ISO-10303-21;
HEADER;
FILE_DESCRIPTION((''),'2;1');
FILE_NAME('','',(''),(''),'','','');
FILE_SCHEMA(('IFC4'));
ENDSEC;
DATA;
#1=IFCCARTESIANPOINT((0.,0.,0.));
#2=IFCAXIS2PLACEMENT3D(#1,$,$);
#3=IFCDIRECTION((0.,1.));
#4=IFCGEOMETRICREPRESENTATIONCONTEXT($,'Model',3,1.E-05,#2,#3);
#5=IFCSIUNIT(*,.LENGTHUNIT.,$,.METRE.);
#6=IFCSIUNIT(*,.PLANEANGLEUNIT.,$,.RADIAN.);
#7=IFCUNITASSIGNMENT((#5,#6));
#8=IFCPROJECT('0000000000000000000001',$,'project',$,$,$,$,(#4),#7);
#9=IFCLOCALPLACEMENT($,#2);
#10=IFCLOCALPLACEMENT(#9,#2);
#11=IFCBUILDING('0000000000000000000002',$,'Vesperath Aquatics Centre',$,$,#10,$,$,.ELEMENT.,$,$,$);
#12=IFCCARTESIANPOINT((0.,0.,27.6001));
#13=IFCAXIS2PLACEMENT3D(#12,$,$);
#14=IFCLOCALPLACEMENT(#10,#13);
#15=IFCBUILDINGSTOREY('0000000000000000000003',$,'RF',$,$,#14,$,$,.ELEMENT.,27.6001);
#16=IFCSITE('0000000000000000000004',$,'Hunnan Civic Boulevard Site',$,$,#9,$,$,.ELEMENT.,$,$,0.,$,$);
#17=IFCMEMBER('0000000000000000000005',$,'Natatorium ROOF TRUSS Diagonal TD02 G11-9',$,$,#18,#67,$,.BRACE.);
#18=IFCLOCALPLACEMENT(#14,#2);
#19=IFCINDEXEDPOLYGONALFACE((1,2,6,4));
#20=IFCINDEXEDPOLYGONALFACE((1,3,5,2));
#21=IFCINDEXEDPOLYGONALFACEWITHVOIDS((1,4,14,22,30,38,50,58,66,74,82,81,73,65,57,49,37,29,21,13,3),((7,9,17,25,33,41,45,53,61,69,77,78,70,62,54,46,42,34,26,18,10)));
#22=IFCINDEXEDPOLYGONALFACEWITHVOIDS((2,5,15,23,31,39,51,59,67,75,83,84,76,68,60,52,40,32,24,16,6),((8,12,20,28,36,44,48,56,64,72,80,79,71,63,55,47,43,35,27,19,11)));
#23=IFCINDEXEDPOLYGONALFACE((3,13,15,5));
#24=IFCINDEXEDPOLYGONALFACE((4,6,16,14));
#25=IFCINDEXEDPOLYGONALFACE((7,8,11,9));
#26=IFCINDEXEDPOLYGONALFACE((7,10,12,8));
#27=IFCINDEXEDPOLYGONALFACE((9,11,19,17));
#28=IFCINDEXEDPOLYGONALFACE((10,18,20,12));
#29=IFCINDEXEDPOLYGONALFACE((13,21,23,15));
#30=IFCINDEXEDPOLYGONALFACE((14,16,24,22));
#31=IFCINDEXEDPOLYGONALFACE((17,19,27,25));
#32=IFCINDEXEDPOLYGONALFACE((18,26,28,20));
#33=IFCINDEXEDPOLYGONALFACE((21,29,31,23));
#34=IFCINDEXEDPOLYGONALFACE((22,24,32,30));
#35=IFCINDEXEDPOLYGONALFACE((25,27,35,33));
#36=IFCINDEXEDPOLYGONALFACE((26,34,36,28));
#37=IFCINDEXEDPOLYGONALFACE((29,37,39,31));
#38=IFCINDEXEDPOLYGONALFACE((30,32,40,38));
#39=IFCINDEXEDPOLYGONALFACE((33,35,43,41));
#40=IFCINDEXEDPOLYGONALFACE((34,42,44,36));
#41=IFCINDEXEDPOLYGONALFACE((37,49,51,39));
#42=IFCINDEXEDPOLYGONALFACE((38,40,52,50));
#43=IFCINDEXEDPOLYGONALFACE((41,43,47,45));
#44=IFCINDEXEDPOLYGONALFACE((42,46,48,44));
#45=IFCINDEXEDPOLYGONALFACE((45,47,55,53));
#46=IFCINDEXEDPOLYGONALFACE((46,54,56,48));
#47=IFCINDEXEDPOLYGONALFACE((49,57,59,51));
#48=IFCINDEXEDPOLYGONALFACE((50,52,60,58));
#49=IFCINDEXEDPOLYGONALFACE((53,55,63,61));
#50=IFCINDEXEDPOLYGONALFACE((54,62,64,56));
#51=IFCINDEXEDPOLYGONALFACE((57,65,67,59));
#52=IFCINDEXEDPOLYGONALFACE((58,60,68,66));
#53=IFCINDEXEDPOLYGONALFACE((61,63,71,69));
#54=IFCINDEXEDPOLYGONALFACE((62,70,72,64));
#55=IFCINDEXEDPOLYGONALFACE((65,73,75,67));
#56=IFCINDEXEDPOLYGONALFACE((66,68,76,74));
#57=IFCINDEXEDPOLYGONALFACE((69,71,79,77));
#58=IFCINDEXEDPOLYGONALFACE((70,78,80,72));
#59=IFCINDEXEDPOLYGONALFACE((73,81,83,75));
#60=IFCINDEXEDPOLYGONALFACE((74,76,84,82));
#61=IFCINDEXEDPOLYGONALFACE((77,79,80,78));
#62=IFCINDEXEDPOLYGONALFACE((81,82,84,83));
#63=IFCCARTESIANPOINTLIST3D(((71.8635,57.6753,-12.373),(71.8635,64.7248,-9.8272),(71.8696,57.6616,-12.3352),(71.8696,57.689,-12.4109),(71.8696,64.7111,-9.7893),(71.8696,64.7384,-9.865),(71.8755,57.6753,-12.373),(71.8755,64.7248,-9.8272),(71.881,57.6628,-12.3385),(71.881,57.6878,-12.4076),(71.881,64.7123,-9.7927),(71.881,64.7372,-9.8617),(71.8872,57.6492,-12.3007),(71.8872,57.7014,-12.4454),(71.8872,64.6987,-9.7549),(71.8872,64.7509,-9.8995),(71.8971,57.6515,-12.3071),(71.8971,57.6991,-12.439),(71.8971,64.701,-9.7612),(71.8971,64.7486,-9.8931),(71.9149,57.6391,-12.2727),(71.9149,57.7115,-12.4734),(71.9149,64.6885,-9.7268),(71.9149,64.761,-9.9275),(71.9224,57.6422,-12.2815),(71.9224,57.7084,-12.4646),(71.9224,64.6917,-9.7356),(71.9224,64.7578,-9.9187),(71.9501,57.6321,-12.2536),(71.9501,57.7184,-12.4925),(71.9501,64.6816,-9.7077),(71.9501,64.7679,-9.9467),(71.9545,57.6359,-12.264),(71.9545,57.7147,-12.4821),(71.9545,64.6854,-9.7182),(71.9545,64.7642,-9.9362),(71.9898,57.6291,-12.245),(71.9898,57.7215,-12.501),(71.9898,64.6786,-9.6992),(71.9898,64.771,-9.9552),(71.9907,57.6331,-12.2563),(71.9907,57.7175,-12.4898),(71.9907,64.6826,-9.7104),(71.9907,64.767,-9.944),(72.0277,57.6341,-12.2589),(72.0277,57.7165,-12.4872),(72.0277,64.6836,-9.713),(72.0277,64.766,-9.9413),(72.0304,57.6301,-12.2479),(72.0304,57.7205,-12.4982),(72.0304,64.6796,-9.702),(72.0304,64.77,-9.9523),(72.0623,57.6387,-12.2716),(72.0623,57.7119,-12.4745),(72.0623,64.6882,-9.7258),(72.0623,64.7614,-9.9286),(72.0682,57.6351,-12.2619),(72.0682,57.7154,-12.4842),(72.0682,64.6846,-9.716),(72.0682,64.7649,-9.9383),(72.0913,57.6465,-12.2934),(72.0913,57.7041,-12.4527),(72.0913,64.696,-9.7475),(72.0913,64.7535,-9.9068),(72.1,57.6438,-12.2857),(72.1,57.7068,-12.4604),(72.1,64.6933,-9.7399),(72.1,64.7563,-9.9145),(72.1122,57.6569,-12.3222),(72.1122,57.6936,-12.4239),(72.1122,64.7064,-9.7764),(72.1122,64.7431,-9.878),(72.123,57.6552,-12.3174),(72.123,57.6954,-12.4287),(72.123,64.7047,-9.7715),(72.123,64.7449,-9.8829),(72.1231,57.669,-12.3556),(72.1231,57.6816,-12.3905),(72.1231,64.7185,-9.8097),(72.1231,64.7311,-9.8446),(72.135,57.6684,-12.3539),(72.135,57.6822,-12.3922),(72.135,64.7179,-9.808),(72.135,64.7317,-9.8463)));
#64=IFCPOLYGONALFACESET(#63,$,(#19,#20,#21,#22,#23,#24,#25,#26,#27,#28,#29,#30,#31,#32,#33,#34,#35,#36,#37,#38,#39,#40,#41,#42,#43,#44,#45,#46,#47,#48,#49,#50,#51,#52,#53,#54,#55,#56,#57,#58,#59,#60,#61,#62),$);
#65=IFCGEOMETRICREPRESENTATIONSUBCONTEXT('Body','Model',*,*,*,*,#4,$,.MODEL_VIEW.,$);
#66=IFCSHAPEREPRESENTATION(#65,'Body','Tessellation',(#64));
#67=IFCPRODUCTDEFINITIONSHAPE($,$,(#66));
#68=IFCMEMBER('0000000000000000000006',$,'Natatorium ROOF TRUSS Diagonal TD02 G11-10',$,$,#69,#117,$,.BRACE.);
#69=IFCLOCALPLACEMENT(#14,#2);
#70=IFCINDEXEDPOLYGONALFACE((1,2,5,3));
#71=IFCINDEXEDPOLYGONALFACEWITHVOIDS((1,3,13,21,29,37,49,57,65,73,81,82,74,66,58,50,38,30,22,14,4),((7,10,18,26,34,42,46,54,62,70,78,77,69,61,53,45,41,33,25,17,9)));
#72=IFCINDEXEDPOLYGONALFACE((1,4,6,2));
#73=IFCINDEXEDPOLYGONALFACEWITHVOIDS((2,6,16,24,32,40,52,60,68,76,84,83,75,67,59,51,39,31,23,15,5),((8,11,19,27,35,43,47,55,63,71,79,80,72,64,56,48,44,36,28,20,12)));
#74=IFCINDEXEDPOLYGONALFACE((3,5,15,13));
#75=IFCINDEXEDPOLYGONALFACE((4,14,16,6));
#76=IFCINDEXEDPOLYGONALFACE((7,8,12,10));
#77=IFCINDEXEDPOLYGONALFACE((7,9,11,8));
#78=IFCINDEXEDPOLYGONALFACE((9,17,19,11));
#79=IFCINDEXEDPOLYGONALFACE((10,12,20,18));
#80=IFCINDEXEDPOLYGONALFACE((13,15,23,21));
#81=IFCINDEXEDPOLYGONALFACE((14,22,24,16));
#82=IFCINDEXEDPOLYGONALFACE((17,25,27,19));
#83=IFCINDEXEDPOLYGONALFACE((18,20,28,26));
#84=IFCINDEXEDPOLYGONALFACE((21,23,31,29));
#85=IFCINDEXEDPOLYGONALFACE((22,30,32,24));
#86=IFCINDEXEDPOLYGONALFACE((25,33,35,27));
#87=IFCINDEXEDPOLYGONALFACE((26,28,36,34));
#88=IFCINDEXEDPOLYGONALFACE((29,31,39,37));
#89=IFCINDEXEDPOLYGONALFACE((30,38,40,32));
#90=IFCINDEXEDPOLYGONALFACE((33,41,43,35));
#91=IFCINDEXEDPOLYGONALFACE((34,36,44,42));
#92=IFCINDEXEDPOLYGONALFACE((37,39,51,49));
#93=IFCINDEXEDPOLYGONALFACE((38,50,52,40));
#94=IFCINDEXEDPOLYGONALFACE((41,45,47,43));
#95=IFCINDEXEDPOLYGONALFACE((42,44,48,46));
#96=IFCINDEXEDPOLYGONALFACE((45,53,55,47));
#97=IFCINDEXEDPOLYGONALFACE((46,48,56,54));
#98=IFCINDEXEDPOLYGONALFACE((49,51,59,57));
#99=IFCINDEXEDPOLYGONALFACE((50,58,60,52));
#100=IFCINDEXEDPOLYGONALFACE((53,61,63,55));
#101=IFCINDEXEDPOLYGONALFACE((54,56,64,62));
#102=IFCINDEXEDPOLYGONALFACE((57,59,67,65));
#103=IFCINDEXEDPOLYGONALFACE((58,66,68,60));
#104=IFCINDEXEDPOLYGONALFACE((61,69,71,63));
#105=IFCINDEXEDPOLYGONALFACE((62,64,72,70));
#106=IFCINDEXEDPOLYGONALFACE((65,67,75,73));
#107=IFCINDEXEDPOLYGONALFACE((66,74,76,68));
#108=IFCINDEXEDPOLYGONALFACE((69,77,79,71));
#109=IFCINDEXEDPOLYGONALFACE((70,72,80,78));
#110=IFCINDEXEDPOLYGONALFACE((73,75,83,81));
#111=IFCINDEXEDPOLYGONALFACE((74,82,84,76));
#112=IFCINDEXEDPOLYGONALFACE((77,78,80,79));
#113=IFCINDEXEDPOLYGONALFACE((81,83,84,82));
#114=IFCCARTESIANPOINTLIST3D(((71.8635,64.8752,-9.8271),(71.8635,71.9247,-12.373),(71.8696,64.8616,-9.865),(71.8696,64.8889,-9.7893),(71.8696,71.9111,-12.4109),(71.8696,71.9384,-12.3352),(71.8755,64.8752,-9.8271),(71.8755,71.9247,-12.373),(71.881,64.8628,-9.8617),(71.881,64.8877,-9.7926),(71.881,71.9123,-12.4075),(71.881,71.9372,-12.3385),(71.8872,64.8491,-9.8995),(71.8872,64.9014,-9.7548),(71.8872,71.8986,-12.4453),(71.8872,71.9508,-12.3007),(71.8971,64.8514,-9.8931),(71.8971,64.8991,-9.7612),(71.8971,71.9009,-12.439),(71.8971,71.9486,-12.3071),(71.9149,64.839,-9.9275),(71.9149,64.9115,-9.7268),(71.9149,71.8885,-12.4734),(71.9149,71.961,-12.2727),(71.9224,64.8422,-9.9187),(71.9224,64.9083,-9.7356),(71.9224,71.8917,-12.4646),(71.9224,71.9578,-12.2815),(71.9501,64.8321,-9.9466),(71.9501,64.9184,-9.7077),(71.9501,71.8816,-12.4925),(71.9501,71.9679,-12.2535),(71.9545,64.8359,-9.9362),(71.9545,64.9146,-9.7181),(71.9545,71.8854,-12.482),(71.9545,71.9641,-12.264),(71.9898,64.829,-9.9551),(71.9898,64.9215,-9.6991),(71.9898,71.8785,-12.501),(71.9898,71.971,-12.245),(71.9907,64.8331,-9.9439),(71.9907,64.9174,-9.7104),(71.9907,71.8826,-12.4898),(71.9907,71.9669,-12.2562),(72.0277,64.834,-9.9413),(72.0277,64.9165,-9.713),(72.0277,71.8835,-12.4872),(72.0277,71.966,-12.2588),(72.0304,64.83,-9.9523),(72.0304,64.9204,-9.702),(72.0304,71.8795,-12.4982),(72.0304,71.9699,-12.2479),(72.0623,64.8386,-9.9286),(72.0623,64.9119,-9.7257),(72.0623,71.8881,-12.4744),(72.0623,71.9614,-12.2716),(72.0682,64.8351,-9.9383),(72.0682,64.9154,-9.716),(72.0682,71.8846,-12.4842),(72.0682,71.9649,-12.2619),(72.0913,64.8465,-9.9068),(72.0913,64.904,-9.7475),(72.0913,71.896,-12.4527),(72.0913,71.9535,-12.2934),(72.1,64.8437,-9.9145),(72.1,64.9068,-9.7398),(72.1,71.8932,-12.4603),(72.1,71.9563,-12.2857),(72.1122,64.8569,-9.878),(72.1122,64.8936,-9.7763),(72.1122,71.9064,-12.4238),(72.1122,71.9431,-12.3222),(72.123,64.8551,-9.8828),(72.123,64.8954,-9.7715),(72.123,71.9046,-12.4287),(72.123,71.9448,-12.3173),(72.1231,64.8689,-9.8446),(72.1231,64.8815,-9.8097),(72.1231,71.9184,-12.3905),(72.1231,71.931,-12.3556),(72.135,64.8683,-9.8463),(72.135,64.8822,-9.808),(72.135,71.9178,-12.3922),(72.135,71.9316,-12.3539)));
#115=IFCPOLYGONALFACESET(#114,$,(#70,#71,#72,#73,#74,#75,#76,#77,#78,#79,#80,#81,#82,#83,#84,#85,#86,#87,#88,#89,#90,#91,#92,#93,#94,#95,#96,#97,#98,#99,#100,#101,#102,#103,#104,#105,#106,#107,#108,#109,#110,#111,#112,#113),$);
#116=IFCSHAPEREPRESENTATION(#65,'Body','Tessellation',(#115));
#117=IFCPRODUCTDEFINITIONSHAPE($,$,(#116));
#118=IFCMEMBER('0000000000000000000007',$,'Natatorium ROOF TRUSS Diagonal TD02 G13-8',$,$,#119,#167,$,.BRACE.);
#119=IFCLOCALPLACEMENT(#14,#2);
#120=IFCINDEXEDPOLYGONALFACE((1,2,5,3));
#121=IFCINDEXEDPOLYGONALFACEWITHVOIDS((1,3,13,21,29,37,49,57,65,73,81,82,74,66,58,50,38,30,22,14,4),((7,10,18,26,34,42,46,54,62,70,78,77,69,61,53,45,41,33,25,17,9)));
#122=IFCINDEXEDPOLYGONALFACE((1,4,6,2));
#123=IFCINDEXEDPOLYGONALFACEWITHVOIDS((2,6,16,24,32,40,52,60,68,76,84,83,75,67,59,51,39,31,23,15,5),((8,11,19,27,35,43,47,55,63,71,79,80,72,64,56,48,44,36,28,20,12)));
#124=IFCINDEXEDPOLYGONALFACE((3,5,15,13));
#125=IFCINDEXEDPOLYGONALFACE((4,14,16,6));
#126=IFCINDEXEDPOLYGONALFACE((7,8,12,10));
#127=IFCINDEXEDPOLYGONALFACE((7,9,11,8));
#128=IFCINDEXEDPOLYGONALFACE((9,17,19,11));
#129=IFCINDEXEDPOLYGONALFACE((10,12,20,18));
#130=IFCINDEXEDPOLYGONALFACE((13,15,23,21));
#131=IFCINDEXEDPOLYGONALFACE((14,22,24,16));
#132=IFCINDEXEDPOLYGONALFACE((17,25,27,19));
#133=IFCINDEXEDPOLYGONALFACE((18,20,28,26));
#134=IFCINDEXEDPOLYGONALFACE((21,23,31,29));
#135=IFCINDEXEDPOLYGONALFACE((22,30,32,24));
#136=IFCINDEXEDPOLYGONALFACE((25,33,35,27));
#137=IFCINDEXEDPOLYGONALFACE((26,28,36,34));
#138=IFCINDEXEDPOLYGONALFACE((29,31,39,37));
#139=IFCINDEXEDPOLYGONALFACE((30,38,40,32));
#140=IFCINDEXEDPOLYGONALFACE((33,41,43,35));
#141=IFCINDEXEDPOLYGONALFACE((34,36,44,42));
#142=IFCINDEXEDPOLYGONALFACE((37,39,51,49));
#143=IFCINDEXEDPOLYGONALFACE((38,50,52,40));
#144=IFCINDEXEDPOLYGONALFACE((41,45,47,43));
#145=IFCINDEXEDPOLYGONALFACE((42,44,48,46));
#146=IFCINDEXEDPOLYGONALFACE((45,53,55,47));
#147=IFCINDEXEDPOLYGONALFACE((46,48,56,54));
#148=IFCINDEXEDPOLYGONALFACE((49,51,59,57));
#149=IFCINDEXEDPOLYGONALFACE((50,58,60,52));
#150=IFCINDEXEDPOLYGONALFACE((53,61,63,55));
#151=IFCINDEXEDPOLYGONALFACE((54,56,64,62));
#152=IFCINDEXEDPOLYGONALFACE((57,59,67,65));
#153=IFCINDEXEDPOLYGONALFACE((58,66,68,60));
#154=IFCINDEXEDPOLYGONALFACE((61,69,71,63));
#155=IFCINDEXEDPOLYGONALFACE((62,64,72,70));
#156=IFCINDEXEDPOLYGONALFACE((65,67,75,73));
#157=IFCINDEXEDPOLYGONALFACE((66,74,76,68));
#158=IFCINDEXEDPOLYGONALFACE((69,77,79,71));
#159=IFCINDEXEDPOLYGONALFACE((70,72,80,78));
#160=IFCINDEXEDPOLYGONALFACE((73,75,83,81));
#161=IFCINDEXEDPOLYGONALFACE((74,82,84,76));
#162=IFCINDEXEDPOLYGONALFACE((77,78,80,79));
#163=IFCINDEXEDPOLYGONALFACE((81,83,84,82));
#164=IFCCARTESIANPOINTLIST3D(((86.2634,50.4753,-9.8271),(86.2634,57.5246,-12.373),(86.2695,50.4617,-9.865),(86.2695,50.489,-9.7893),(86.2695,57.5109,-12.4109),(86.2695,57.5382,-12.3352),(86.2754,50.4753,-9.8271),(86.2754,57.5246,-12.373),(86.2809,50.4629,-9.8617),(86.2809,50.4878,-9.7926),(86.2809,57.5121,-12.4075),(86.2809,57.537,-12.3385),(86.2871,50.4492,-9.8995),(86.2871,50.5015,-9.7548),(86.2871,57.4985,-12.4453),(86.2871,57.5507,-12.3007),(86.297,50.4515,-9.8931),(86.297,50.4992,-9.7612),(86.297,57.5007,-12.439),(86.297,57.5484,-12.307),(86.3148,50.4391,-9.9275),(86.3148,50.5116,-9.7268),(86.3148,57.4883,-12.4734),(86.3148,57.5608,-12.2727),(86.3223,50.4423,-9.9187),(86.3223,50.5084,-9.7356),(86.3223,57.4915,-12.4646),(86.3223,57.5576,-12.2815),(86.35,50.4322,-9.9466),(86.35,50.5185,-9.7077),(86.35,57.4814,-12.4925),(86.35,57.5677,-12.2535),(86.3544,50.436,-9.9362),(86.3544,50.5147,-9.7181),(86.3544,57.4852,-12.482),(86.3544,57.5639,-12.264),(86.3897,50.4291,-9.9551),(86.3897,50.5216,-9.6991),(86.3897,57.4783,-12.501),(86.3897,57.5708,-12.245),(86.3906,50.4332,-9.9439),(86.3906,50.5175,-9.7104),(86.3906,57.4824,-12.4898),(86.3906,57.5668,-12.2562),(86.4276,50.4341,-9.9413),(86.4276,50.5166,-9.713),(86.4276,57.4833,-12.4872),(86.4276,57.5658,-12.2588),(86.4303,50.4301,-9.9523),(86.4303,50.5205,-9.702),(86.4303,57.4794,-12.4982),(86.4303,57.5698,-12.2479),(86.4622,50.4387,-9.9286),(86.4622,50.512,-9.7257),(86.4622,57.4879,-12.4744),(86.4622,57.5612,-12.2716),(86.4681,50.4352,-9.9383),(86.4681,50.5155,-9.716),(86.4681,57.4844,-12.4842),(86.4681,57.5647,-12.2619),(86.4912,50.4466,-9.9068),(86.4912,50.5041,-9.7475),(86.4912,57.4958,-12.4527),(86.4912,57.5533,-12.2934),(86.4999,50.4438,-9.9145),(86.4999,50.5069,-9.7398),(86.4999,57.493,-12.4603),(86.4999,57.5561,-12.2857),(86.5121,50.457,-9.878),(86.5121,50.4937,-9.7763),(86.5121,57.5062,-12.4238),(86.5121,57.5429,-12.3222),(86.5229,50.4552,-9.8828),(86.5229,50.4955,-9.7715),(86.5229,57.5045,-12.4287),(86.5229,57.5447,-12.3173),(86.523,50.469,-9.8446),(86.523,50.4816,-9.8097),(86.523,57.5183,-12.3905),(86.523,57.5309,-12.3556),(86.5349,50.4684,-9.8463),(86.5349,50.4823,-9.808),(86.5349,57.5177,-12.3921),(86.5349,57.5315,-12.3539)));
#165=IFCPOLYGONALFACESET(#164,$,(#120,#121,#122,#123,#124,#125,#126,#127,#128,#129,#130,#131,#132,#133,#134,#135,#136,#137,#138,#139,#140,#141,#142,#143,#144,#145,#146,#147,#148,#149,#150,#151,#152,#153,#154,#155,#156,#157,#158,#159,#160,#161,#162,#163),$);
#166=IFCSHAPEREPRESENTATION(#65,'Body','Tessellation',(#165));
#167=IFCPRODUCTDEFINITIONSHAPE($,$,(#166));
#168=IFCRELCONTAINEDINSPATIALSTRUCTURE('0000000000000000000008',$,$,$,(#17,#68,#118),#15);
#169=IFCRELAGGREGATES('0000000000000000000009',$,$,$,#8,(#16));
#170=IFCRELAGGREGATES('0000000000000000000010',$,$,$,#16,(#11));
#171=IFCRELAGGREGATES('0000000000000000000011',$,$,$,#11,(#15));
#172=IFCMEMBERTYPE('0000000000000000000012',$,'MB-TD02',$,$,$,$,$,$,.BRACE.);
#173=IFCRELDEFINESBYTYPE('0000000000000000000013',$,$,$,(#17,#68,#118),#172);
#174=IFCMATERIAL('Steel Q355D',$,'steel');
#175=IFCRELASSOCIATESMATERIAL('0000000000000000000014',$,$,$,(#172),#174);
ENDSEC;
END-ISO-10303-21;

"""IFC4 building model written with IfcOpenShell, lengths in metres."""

from ifc_helpers import new_model, si_unit, direction, frame, origin, origin_2d, place, context, subcontext, project, spatial, hollow_circle, extrude, material, material_profile, profile_set, type_object, element, save


model = new_model("IFC4")

# Units and contexts
model_context = context("Model", 3, precision=1e-05, world=origin(), true_north=direction((0.0, 1.0)))
body_context = subcontext(model_context, "Body", "Model", "MODEL_VIEW")
ifc_project = project(units=[si_unit("LENGTHUNIT", "METRE"), si_unit("PLANEANGLEUNIT", "RADIAN")], contexts=[model_context])

# Site, building, storey
site_placement = place(None, origin())
site = spatial("IfcSite", under=ifc_project, at=site_placement, Name="Hunnan Civic Boulevard Site", CompositionType="ELEMENT", RefElevation=0.0)
building_placement = place(site_placement, origin())
building = spatial("IfcBuilding", under=site, at=building_placement, Name="Vesperath Aquatics Centre", CompositionType="ELEMENT")
storey_placement = place(building_placement, frame((0.0, 0.0, 27.6001)))
storey = spatial("IfcBuildingStorey", under=building, at=storey_placement, Name="RF", CompositionType="ELEMENT", Elevation=27.6001)

# Members
ifc_material_1 = material(Name="Steel Q355D", Category="steel")
ifc_material_profile_1 = material_profile(ifc_material_1, hollow_circle(Radius=0.1365, WallThickness=0.012, at=origin_2d()), Name="CHS 273.0x12")
ifc_profile_set_1 = profile_set([ifc_material_profile_1], Name="Steel Q355D")
member_type_1 = type_object("IfcMemberType", Name="MB-TD02", PredefinedType="BRACE", material=ifc_profile_set_1)
for number, where, z_axis, x_axis, name in (
    (1, (72.0, 57.6753, -12.373), (0.0, 0.940544, 0.339671), (-1.0, 0.0, 0.0), "Natatorium ROOF TRUSS Diagonal TD02 G11-9"),
    (2, (72.0, 64.8752, -9.8271), (0.0, 0.940544, -0.339671), (-1.0, 0.0, 0.0), "Natatorium ROOF TRUSS Diagonal TD02 G11-10"),
):
    element("IfcMember", number, at=place(storey_placement, frame(where, z_axis=z_axis, x_axis=x_axis)), inside=storey, type_object=member_type_1, Name=name, PredefinedType="BRACE", context=body_context, shape_type="SweptSolid", body=[
        extrude(hollow_circle(Radius=0.1365, WallThickness=0.012, at=origin_2d()), origin(), (0.0, 0.0, 1.0), 7.4951),
    ])
member_placement = place(storey_placement, frame((86.3999, 50.4753, -9.8271), z_axis=(0.0, 0.940541, -0.339681), x_axis=(-1.0, 0.0, 0.0)))
element("IfcMember", 3, at=member_placement, inside=storey, type_object=member_type_1, Name="Natatorium ROOF TRUSS Diagonal TD02 G13-8", PredefinedType="BRACE", context=body_context, shape_type="SweptSolid", body=[
    extrude(hollow_circle(Radius=0.1365, WallThickness=0.012, at=origin_2d()), origin(), (0.0, 0.0, 1.0), 7.4949),
])

save(model, "model.ifc")
